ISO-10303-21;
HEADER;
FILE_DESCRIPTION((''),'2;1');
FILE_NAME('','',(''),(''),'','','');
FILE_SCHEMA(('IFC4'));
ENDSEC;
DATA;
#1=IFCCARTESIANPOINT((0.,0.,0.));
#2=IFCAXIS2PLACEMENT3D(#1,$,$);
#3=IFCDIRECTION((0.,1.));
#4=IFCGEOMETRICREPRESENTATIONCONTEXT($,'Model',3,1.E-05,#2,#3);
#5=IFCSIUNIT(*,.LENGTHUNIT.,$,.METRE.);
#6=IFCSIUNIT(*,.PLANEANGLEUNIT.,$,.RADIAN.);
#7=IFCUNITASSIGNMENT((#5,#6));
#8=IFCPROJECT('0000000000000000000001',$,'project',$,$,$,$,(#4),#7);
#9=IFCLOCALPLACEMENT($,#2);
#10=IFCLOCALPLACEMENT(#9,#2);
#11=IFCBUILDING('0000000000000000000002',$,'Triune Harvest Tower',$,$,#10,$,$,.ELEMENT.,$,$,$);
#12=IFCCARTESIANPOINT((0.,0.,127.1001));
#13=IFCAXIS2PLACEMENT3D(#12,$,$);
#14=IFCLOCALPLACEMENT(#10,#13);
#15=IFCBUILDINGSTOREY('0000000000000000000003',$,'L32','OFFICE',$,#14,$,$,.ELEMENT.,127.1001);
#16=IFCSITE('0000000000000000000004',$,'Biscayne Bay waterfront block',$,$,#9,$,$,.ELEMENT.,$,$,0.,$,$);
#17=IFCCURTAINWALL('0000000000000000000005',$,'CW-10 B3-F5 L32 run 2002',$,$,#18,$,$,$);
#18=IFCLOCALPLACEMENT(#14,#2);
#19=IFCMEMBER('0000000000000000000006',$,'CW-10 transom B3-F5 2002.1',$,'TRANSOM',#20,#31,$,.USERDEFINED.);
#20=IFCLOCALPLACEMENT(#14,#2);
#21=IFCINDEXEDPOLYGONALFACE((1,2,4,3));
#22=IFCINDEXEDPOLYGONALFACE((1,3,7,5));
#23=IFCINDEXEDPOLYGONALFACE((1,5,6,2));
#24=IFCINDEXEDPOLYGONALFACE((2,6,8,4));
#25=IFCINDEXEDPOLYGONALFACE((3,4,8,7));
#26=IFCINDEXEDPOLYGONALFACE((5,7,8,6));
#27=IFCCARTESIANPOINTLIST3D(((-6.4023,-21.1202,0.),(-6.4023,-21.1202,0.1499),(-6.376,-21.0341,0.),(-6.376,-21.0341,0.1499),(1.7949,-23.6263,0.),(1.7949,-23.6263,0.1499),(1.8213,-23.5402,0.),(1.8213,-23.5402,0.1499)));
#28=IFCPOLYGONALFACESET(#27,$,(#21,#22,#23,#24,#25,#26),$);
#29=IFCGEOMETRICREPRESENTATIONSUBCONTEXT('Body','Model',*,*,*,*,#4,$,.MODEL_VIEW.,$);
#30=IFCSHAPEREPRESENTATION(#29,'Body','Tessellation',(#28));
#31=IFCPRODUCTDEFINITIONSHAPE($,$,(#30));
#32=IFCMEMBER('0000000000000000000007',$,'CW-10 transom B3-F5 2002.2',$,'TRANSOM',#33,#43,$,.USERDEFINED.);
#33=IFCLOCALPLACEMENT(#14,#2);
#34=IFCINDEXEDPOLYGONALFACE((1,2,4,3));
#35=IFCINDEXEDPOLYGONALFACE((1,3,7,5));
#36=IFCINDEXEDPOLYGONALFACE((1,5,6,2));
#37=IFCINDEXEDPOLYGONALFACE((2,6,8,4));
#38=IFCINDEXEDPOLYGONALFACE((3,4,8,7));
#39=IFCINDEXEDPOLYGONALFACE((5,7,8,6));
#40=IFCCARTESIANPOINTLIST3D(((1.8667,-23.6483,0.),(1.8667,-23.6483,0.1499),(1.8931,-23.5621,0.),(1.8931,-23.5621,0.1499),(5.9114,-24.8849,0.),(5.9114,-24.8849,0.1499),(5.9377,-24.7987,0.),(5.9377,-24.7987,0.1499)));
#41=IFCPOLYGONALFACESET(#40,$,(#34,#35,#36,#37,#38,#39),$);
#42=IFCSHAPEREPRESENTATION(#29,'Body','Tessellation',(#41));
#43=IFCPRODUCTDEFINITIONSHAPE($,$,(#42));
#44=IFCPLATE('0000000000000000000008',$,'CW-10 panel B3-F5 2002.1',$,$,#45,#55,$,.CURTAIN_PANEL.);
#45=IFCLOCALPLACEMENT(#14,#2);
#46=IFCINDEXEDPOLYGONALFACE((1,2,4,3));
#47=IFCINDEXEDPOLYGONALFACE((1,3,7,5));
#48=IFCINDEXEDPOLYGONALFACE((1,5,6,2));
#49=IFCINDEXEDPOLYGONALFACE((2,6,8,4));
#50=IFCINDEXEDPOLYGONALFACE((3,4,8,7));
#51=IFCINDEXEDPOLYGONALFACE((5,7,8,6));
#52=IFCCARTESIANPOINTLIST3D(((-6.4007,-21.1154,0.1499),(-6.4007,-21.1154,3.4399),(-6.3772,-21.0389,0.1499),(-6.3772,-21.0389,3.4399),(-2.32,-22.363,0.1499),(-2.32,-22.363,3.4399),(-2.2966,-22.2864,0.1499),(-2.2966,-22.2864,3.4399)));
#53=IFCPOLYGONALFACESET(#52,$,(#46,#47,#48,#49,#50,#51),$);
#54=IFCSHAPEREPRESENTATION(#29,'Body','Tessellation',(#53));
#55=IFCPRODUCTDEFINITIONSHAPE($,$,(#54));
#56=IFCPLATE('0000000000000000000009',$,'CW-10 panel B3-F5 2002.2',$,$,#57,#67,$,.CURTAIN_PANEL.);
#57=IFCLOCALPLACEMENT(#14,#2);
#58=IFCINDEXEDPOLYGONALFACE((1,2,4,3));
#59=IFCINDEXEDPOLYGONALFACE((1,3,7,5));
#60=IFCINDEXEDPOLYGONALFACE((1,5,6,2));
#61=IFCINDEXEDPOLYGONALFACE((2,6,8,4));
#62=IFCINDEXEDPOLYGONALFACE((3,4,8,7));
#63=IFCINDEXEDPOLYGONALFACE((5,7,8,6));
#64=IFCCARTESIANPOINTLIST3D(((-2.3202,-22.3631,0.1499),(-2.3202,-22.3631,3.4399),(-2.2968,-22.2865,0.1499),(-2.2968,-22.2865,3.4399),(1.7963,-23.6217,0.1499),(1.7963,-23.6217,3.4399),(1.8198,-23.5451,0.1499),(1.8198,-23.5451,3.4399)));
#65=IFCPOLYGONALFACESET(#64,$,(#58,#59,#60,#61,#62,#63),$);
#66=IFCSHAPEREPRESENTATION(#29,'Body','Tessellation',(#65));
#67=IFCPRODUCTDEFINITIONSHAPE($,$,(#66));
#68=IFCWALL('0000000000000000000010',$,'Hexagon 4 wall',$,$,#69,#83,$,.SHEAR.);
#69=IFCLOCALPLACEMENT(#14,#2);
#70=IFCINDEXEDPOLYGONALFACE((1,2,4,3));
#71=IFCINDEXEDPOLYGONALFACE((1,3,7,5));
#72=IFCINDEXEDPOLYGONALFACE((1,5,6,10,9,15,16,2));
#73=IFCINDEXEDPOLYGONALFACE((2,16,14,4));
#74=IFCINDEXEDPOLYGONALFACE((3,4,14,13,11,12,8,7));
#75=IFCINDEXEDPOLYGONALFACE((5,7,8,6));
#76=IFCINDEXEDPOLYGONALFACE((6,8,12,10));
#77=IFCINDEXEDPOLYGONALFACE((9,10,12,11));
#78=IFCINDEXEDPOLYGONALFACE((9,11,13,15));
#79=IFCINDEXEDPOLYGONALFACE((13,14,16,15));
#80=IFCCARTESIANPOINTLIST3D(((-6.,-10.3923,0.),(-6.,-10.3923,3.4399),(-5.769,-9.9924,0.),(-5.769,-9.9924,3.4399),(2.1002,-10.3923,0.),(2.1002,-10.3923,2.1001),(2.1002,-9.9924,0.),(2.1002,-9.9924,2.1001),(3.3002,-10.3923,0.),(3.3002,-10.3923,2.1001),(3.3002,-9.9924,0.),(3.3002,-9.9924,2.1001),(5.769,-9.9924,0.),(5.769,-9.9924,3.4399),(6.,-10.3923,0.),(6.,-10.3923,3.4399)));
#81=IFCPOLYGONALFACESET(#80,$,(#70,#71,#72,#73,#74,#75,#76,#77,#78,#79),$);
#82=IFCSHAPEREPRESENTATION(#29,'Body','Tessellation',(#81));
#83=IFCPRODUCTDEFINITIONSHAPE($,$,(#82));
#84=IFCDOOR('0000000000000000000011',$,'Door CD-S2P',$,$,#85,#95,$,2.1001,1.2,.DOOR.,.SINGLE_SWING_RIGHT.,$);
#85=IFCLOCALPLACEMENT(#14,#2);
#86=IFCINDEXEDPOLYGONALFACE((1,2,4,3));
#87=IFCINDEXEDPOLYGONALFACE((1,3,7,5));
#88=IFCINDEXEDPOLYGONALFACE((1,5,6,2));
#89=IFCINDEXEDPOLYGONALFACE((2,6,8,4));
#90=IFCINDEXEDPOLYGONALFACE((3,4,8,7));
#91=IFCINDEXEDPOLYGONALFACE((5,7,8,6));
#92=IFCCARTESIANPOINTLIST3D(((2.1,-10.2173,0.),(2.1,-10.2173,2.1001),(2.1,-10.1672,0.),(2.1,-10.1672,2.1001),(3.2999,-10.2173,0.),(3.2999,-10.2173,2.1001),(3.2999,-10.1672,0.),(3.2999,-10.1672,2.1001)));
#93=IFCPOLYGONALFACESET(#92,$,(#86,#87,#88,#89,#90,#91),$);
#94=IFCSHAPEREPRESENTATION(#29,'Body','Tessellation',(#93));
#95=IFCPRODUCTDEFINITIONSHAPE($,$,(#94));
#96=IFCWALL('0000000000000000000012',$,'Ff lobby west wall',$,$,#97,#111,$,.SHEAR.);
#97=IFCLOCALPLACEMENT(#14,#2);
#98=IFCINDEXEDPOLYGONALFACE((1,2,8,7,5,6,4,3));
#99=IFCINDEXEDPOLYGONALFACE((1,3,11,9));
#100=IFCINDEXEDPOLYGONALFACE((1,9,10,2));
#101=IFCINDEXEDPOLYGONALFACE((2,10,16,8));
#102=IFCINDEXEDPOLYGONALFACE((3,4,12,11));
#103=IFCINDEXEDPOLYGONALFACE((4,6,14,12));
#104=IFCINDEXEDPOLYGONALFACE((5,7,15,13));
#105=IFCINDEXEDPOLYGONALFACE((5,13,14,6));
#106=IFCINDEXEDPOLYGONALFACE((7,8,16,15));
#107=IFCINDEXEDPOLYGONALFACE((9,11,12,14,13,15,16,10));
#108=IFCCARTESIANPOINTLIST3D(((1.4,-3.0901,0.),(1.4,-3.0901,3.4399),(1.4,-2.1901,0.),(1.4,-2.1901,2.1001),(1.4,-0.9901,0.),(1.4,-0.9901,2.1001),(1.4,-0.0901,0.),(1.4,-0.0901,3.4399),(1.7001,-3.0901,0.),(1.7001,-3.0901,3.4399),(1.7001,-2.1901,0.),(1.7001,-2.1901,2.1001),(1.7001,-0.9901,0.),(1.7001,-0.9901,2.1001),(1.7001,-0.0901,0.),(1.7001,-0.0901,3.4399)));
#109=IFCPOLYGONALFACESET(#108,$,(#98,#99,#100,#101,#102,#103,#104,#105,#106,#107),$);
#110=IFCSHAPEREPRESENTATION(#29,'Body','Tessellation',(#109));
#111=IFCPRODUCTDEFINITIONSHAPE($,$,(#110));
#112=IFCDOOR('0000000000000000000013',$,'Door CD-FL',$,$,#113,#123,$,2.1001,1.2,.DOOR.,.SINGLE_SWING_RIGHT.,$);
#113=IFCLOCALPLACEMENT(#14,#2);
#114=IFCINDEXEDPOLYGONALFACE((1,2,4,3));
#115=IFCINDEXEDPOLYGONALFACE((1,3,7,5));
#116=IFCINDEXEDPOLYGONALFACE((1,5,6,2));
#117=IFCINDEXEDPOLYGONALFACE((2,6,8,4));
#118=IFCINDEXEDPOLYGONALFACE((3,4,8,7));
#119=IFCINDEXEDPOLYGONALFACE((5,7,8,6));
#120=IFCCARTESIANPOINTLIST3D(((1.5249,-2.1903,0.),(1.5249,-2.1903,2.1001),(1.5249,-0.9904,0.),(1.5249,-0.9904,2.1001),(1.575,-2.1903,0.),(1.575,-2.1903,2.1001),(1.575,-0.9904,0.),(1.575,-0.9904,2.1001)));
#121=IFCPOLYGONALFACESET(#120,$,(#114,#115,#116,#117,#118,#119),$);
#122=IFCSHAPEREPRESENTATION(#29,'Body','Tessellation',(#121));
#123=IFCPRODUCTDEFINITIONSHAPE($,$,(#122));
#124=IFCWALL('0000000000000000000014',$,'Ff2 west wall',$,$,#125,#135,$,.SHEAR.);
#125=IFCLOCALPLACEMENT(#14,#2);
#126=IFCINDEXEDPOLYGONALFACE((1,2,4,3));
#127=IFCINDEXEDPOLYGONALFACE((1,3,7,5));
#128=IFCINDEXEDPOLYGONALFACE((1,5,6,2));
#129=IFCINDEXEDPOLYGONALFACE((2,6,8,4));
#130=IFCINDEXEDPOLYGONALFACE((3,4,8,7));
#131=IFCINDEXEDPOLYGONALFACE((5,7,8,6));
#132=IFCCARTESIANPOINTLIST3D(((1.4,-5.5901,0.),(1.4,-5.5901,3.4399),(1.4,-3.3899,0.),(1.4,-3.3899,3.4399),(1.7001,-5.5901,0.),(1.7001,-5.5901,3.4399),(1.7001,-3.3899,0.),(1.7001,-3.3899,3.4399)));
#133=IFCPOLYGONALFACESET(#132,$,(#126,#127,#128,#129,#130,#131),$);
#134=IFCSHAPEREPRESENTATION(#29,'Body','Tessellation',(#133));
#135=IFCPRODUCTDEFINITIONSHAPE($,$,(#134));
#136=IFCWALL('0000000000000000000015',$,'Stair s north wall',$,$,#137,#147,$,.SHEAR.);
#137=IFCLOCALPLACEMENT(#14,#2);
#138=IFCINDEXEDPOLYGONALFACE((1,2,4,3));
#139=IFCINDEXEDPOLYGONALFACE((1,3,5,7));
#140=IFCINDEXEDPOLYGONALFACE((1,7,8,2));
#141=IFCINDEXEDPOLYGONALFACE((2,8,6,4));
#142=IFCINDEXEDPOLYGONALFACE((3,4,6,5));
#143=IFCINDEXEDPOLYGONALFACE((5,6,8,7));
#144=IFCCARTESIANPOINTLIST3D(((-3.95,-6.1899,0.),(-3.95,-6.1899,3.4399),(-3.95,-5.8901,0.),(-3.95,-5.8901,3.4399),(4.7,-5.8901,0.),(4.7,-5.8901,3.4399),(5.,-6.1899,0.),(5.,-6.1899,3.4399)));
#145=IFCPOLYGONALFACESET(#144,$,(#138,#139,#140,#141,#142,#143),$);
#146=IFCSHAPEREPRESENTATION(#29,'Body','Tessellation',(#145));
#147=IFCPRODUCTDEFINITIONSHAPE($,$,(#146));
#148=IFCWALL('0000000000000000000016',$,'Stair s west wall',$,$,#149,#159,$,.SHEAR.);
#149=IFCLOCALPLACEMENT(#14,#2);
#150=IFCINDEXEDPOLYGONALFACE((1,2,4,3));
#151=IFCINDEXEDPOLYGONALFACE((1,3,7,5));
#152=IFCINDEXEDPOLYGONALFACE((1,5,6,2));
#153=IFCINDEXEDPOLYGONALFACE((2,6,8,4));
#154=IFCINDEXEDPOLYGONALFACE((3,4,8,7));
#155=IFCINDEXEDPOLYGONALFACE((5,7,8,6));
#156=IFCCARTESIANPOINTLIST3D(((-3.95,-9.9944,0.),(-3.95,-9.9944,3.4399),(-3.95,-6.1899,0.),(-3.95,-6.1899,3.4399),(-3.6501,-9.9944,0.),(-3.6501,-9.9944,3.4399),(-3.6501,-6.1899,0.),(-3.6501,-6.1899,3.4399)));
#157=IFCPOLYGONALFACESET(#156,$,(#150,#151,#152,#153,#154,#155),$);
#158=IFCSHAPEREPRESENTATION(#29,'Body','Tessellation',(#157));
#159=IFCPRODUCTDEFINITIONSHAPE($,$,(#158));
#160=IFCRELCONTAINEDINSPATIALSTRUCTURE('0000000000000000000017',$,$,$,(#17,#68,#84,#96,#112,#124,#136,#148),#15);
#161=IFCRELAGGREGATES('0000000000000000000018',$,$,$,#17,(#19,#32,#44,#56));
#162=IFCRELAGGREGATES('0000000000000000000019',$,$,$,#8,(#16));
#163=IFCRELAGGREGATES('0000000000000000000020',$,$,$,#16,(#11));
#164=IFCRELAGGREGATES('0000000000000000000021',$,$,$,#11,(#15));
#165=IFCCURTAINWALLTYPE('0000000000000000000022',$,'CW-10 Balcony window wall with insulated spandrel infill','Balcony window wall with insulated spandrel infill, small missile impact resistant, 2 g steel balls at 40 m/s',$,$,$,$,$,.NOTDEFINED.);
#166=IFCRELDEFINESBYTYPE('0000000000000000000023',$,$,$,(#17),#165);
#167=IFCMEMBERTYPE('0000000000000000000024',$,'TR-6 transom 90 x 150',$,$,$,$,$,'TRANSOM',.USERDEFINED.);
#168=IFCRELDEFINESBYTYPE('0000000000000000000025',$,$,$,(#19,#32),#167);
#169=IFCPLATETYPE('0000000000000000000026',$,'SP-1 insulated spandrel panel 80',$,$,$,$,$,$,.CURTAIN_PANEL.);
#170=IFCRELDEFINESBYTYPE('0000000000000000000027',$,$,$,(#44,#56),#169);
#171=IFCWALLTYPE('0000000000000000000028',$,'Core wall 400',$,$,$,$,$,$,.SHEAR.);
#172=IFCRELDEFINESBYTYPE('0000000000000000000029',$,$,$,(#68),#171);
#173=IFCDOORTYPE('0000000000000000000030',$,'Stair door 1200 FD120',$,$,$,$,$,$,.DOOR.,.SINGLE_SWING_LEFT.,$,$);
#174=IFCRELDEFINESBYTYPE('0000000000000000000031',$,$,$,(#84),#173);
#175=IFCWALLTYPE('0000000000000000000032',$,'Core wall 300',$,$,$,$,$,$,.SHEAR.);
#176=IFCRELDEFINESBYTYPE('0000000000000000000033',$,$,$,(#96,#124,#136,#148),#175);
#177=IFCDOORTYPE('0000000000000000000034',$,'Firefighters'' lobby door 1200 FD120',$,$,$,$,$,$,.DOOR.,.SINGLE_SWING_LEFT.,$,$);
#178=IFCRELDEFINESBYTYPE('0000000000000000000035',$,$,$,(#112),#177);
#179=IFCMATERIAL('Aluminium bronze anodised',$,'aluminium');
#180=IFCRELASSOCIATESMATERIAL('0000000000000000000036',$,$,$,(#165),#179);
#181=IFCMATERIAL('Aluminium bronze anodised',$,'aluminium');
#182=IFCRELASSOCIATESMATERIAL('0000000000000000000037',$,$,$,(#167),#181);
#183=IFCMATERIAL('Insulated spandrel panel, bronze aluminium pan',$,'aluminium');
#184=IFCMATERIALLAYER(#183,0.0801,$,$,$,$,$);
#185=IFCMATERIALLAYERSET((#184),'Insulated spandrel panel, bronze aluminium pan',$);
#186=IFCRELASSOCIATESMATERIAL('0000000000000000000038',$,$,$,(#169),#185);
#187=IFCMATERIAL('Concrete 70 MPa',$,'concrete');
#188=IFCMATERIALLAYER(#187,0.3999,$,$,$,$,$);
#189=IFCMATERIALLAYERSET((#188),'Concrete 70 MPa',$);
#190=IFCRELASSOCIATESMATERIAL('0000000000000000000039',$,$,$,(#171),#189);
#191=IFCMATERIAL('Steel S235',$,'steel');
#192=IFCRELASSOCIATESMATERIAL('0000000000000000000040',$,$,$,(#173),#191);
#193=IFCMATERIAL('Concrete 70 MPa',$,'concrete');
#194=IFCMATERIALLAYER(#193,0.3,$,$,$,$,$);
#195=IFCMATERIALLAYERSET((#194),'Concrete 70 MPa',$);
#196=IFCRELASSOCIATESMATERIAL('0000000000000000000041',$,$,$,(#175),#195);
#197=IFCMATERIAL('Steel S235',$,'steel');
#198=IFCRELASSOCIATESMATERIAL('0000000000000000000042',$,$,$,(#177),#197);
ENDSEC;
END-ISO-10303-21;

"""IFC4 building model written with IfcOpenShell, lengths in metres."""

from ifc_helpers import new_model, si_unit, direction, frame, frame_2d, origin, origin_2d, place, context, subcontext, project, spatial, polyline, rectangle, outline, extrude, source, transform, mapped, material, layer, layer_set, material_profile, profile_set, type_object, element, fill, aggregate, save


model = new_model("IFC4")

# Units and contexts
model_context = context("Model", 3, precision=1e-05, world=origin(), true_north=direction((0.0, 1.0)))
body_context = subcontext(model_context, "Body", "Model", "MODEL_VIEW")
ifc_project = project(units=[si_unit("LENGTHUNIT", "METRE"), si_unit("PLANEANGLEUNIT", "RADIAN")], contexts=[model_context])

# Site, building, storey
site_placement = place(None, origin())
site = spatial("IfcSite", under=ifc_project, at=site_placement, Name="Biscayne Bay waterfront block", CompositionType="ELEMENT", RefElevation=0.0)
building_placement = place(site_placement, origin())
building = spatial("IfcBuilding", under=site, at=building_placement, Name="Triune Harvest Tower", CompositionType="ELEMENT")
storey_placement = place(building_placement, frame((0.0, 0.0, 127.1001)))
storey = spatial("IfcBuildingStorey", under=building, at=storey_placement, Name="L32", Description="OFFICE", CompositionType="ELEMENT", Elevation=127.1001)

# Curtain wall, members, plates
ifc_material_1 = material(Name="Aluminium bronze anodised", Category="aluminium")
curtain_wall_type_1 = type_object("IfcCurtainWallType", Name="CW-10 Balcony window wall with insulated spandrel infill", Description="Balcony window wall with insulated spandrel infill, small missile impact resistant, 2 g steel balls at 40 m/s", PredefinedType="NOTDEFINED", material=ifc_material_1)
curtain_wall_1_placement = place(storey_placement, origin())
curtain_wall_1 = element("IfcCurtainWall", 1, at=curtain_wall_1_placement, inside=storey, type_object=curtain_wall_type_1, Name="CW-10 B3-F5 L32 run 2002")
ifc_material_2 = material(Name="Aluminium bronze anodised", Category="aluminium")
ifc_material_profile_1 = material_profile(ifc_material_2, rectangle(XDim=0.0901, YDim=0.1499, at=origin_2d()), Name="TR-6 transom 90 x 150")
ifc_profile_set_1 = profile_set([ifc_material_profile_1], Name="Aluminium bronze anodised")
member_type_1 = type_object("IfcMemberType", Name="TR-6 transom 90 x 150", ElementType="TRANSOM", PredefinedType="USERDEFINED", material=ifc_profile_set_1)
shared_shape_1 = source(origin(), body_context, "Body", "SweptSolid", [
    extrude(rectangle(XDim=0.0901, YDim=0.1499, at=origin_2d()), origin(), (0.0, 0.0, 1.0), 8.5718),
])
member_1_placement = place(storey_placement, frame((-6.3892, -21.0771, 0.075), z_axis=(0.956306, -0.292366, 0.0), x_axis=(0.292366, 0.956306, 0.0)))
member_1 = element("IfcMember", 2, at=member_1_placement, type_object=member_type_1, Name="CW-10 transom B3-F5 2002.1", ObjectType="TRANSOM", PredefinedType="USERDEFINED", context=body_context, shape_type="MappedRepresentation", body=[
    mapped(shared_shape_1, transform((0.0, 0.0, 0.0), scale=1.0)),
])
shared_shape_2 = source(origin(), body_context, "Body", "SweptSolid", [
    extrude(rectangle(XDim=0.0901, YDim=0.1499, at=origin_2d()), origin(), (0.0, 0.0, 1.0), 4.2295),
])
member_2_placement = place(storey_placement, frame((1.8799, -23.6052, 0.075), z_axis=(0.956305, -0.29237, 0.0), x_axis=(0.29237, 0.956305, 0.0)))
member_2 = element("IfcMember", 3, at=member_2_placement, type_object=member_type_1, Name="CW-10 transom B3-F5 2002.2", ObjectType="TRANSOM", PredefinedType="USERDEFINED", context=body_context, shape_type="MappedRepresentation", body=[
    mapped(shared_shape_2, transform((0.0, 0.0, 0.0), scale=1.0)),
])
ifc_material_3 = material(Name="Insulated spandrel panel, bronze aluminium pan", Category="aluminium")
ifc_layer_1 = layer(ifc_material_3, 0.0801)
ifc_layer_set_1 = layer_set([ifc_layer_1], Name="Insulated spandrel panel, bronze aluminium pan")
plate_type = type_object("IfcPlateType", Name="SP-1 insulated spandrel panel 80", PredefinedType="CURTAIN_PANEL", material=ifc_layer_set_1)
shared_shape_3 = source(origin(), body_context, "Body", "SweptSolid", [
    extrude(rectangle(XDim=4.2671, YDim=0.0801, at=origin_2d()), origin(), (0.0, 0.0, 1.0), 3.29),
])
plate_1_placement = place(storey_placement, frame((-4.3486, -21.7009, 0.1499), z_axis=(0.0, 0.0, 1.0), x_axis=(0.956306, -0.292368, 0.0)))
plate_1 = element("IfcPlate", 4, at=plate_1_placement, type_object=plate_type, Name="CW-10 panel B3-F5 2002.1", PredefinedType="CURTAIN_PANEL", context=body_context, shape_type="MappedRepresentation", body=[
    mapped(shared_shape_3, transform((0.0, 0.0, 0.0), scale=1.0)),
])
shared_shape_4 = source(origin(), body_context, "Body", "SweptSolid", [
    extrude(rectangle(XDim=4.3047, YDim=0.0801, at=origin_2d()), origin(), (0.0, 0.0, 1.0), 3.29),
])
plate_2_placement = place(storey_placement, frame((-0.2502, -22.9541, 0.1499), z_axis=(0.0, 0.0, 1.0), x_axis=(0.956306, -0.292368, 0.0)))
plate_2 = element("IfcPlate", 5, at=plate_2_placement, type_object=plate_type, Name="CW-10 panel B3-F5 2002.2", PredefinedType="CURTAIN_PANEL", context=body_context, shape_type="MappedRepresentation", body=[
    mapped(shared_shape_4, transform((0.0, 0.0, 0.0), scale=1.0)),
])
aggregate(curtain_wall_1, [member_1, member_2, plate_1, plate_2])

# Walls, openings, doors
ifc_material_4 = material(Name="Concrete 70 MPa", Category="concrete")
ifc_layer_2 = layer(ifc_material_4, 0.3999)
ifc_layer_set_2 = layer_set([ifc_layer_2], Name="Concrete 70 MPa")
wall_type_1 = type_object("IfcWallType", Name="Core wall 400", PredefinedType="SHEAR", material=ifc_layer_set_2)
shared_shape_5 = source(origin(), body_context, "Body", "SweptSolid", [
    extrude(outline(polyline([(-0.1155, -0.2), (11.8845, -0.2), (11.6536, 0.2), (0.1155, 0.2), (-0.1155, -0.2)])), origin(), (0.0, 0.0, 1.0), 3.4399),
])
wall_1_placement = place(storey_placement, frame((-5.8845, -10.1924, 0.0), z_axis=(0.0, 0.0, 1.0), x_axis=(1.0, 0.0, 0.0)))
wall_1 = element("IfcWall", 6, at=wall_1_placement, inside=storey, type_object=wall_type_1, Name="Hexagon 4 wall", PredefinedType="SHEAR", context=body_context, shape_type="MappedRepresentation", body=[
    mapped(shared_shape_5, transform((0.0, 0.0, 0.0), scale=1.0)),
])
opening_1_placement = place(wall_1_placement, frame((7.9846, 0.0, 0.0)))
opening_1 = element("IfcOpeningElement", 7, at=opening_1_placement, cuts=wall_1, PredefinedType="OPENING", context=body_context, shape_type="SweptSolid", body=[
    extrude(rectangle(XDim=1.2, YDim=2.1001, at=frame_2d((0.6001, 1.05))), frame((0.0, 0.21, 0.0), z_axis=(0.0, -1.0, 0.0), x_axis=(1.0, 0.0, 0.0)), (0.0, 0.0, 1.0), 0.4199),
])
ifc_material_5 = material(Name="Steel S235", Category="steel")
door_type_1 = type_object("IfcDoorType", Name="Stair door 1200 FD120", OperationType="SINGLE_SWING_LEFT", PredefinedType="DOOR", material=ifc_material_5)
door_1_placement = place(opening_1_placement, frame((1.2, 0.0, 0.0), z_axis=(0.0, 0.0, 1.0), x_axis=(-1.0, 0.0, 0.0)))
door_1 = element("IfcDoor", 8, at=door_1_placement, inside=storey, type_object=door_type_1, Name="Door CD-S2P", OperationType="SINGLE_SWING_RIGHT", OverallHeight=2.1001, OverallWidth=1.2, PredefinedType="DOOR", context=body_context, shape_type="SweptSolid", body=[
    extrude(rectangle(XDim=1.2, YDim=2.1001, at=frame_2d((0.6001, 1.05))), frame((0.0, 0.0249, 0.0), z_axis=(0.0, -1.0, 0.0), x_axis=(1.0, 0.0, 0.0)), (0.0, 0.0, 1.0), 0.05),
])
fill(opening_1, door_1)
ifc_material_6 = material(Name="Concrete 70 MPa", Category="concrete")
ifc_layer_3 = layer(ifc_material_6, 0.3)
ifc_layer_set_3 = layer_set([ifc_layer_3], Name="Concrete 70 MPa")
wall_type_2 = type_object("IfcWallType", Name="Core wall 300", PredefinedType="SHEAR", material=ifc_layer_set_3)
shared_shape_6 = source(origin(), body_context, "Body", "SweptSolid", [
    extrude(rectangle(XDim=3.0, YDim=0.3, at=frame_2d((1.5, 0.0))), origin(), (0.0, 0.0, 1.0), 3.4399),
])
wall_2_placement = place(storey_placement, frame((1.55, -3.0901, 0.0), z_axis=(0.0, 0.0, 1.0), x_axis=(0.0, 1.0, 0.0)))
wall_2 = element("IfcWall", 9, at=wall_2_placement, inside=storey, type_object=wall_type_2, Name="Ff lobby west wall", PredefinedType="SHEAR", context=body_context, shape_type="MappedRepresentation", body=[
    mapped(shared_shape_6, transform((0.0, 0.0, 0.0), scale=1.0)),
])
opening_2_placement = place(wall_2_placement, frame((0.8999, 0.0, 0.0)))
opening_2 = element("IfcOpeningElement", 10, at=opening_2_placement, cuts=wall_2, PredefinedType="OPENING", context=body_context, shape_type="SweptSolid", body=[
    extrude(rectangle(XDim=1.2, YDim=2.1001, at=frame_2d((0.6001, 1.05))), frame((0.0, 0.1602, 0.0), z_axis=(0.0, -1.0, 0.0), x_axis=(1.0, 0.0, 0.0)), (0.0, 0.0, 1.0), 0.3201),
])
ifc_material_7 = material(Name="Steel S235", Category="steel")
door_type_2 = type_object("IfcDoorType", Name="Firefighters' lobby door 1200 FD120", OperationType="SINGLE_SWING_LEFT", PredefinedType="DOOR", material=ifc_material_7)
door_2_placement = place(opening_2_placement, frame((1.2, 0.0, 0.0), z_axis=(0.0, 0.0, 1.0), x_axis=(-1.0, 0.0, 0.0)))
door_2 = element("IfcDoor", 11, at=door_2_placement, inside=storey, type_object=door_type_2, Name="Door CD-FL", OperationType="SINGLE_SWING_RIGHT", OverallHeight=2.1001, OverallWidth=1.2, PredefinedType="DOOR", context=body_context, shape_type="SweptSolid", body=[
    extrude(rectangle(XDim=1.2, YDim=2.1001, at=frame_2d((0.6001, 1.05))), frame((0.0, 0.0249, 0.0), z_axis=(0.0, -1.0, 0.0), x_axis=(1.0, 0.0, 0.0)), (0.0, 0.0, 1.0), 0.05),
])
fill(opening_2, door_2)

# Walls
shared_shape_7 = source(origin(), body_context, "Body", "SweptSolid", [
    extrude(rectangle(XDim=2.2002, YDim=0.3, at=frame_2d((1.1001, 0.0))), origin(), (0.0, 0.0, 1.0), 3.4399),
])
wall_3_placement = place(storey_placement, frame((1.55, -5.5901, 0.0), z_axis=(0.0, 0.0, 1.0), x_axis=(0.0, 1.0, 0.0)))
element("IfcWall", 12, at=wall_3_placement, inside=storey, type_object=wall_type_2, Name="Ff2 west wall", PredefinedType="SHEAR", context=body_context, shape_type="MappedRepresentation", body=[
    mapped(shared_shape_7, transform((0.0, 0.0, 0.0), scale=1.0)),
])
shared_shape_8 = source(origin(), body_context, "Body", "SweptSolid", [
    extrude(outline(polyline([(0.0, -0.1499), (8.95, -0.1499), (8.6499, 0.1499), (0.0, 0.1499), (0.0, -0.1499)])), origin(), (0.0, 0.0, 1.0), 3.4399),
])
wall_4_placement = place(storey_placement, frame((-3.95, -6.04, 0.0), z_axis=(0.0, 0.0, 1.0), x_axis=(1.0, 0.0, 0.0)))
element("IfcWall", 13, at=wall_4_placement, inside=storey, type_object=wall_type_2, Name="Stair s north wall", PredefinedType="SHEAR", context=body_context, shape_type="MappedRepresentation", body=[
    mapped(shared_shape_8, transform((0.0, 0.0, 0.0), scale=1.0)),
])
shared_shape_9 = source(origin(), body_context, "Body", "SweptSolid", [
    extrude(outline(polyline([(3.8, -0.1499), (-0.0044, -0.1499), (-0.0044, 0.1499), (3.8, 0.1499), (3.8, -0.1499)])), origin(), (0.0, 0.0, 1.0), 3.4399),
])
wall_5_placement = place(storey_placement, frame((-3.8, -9.99, 0.0), z_axis=(0.0, 0.0, 1.0), x_axis=(0.0, 1.0, 0.0)))
element("IfcWall", 14, at=wall_5_placement, inside=storey, type_object=wall_type_2, Name="Stair s west wall", PredefinedType="SHEAR", context=body_context, shape_type="MappedRepresentation", body=[
    mapped(shared_shape_9, transform((0.0, 0.0, 0.0), scale=1.0)),
])

save(model, "model.ifc")
